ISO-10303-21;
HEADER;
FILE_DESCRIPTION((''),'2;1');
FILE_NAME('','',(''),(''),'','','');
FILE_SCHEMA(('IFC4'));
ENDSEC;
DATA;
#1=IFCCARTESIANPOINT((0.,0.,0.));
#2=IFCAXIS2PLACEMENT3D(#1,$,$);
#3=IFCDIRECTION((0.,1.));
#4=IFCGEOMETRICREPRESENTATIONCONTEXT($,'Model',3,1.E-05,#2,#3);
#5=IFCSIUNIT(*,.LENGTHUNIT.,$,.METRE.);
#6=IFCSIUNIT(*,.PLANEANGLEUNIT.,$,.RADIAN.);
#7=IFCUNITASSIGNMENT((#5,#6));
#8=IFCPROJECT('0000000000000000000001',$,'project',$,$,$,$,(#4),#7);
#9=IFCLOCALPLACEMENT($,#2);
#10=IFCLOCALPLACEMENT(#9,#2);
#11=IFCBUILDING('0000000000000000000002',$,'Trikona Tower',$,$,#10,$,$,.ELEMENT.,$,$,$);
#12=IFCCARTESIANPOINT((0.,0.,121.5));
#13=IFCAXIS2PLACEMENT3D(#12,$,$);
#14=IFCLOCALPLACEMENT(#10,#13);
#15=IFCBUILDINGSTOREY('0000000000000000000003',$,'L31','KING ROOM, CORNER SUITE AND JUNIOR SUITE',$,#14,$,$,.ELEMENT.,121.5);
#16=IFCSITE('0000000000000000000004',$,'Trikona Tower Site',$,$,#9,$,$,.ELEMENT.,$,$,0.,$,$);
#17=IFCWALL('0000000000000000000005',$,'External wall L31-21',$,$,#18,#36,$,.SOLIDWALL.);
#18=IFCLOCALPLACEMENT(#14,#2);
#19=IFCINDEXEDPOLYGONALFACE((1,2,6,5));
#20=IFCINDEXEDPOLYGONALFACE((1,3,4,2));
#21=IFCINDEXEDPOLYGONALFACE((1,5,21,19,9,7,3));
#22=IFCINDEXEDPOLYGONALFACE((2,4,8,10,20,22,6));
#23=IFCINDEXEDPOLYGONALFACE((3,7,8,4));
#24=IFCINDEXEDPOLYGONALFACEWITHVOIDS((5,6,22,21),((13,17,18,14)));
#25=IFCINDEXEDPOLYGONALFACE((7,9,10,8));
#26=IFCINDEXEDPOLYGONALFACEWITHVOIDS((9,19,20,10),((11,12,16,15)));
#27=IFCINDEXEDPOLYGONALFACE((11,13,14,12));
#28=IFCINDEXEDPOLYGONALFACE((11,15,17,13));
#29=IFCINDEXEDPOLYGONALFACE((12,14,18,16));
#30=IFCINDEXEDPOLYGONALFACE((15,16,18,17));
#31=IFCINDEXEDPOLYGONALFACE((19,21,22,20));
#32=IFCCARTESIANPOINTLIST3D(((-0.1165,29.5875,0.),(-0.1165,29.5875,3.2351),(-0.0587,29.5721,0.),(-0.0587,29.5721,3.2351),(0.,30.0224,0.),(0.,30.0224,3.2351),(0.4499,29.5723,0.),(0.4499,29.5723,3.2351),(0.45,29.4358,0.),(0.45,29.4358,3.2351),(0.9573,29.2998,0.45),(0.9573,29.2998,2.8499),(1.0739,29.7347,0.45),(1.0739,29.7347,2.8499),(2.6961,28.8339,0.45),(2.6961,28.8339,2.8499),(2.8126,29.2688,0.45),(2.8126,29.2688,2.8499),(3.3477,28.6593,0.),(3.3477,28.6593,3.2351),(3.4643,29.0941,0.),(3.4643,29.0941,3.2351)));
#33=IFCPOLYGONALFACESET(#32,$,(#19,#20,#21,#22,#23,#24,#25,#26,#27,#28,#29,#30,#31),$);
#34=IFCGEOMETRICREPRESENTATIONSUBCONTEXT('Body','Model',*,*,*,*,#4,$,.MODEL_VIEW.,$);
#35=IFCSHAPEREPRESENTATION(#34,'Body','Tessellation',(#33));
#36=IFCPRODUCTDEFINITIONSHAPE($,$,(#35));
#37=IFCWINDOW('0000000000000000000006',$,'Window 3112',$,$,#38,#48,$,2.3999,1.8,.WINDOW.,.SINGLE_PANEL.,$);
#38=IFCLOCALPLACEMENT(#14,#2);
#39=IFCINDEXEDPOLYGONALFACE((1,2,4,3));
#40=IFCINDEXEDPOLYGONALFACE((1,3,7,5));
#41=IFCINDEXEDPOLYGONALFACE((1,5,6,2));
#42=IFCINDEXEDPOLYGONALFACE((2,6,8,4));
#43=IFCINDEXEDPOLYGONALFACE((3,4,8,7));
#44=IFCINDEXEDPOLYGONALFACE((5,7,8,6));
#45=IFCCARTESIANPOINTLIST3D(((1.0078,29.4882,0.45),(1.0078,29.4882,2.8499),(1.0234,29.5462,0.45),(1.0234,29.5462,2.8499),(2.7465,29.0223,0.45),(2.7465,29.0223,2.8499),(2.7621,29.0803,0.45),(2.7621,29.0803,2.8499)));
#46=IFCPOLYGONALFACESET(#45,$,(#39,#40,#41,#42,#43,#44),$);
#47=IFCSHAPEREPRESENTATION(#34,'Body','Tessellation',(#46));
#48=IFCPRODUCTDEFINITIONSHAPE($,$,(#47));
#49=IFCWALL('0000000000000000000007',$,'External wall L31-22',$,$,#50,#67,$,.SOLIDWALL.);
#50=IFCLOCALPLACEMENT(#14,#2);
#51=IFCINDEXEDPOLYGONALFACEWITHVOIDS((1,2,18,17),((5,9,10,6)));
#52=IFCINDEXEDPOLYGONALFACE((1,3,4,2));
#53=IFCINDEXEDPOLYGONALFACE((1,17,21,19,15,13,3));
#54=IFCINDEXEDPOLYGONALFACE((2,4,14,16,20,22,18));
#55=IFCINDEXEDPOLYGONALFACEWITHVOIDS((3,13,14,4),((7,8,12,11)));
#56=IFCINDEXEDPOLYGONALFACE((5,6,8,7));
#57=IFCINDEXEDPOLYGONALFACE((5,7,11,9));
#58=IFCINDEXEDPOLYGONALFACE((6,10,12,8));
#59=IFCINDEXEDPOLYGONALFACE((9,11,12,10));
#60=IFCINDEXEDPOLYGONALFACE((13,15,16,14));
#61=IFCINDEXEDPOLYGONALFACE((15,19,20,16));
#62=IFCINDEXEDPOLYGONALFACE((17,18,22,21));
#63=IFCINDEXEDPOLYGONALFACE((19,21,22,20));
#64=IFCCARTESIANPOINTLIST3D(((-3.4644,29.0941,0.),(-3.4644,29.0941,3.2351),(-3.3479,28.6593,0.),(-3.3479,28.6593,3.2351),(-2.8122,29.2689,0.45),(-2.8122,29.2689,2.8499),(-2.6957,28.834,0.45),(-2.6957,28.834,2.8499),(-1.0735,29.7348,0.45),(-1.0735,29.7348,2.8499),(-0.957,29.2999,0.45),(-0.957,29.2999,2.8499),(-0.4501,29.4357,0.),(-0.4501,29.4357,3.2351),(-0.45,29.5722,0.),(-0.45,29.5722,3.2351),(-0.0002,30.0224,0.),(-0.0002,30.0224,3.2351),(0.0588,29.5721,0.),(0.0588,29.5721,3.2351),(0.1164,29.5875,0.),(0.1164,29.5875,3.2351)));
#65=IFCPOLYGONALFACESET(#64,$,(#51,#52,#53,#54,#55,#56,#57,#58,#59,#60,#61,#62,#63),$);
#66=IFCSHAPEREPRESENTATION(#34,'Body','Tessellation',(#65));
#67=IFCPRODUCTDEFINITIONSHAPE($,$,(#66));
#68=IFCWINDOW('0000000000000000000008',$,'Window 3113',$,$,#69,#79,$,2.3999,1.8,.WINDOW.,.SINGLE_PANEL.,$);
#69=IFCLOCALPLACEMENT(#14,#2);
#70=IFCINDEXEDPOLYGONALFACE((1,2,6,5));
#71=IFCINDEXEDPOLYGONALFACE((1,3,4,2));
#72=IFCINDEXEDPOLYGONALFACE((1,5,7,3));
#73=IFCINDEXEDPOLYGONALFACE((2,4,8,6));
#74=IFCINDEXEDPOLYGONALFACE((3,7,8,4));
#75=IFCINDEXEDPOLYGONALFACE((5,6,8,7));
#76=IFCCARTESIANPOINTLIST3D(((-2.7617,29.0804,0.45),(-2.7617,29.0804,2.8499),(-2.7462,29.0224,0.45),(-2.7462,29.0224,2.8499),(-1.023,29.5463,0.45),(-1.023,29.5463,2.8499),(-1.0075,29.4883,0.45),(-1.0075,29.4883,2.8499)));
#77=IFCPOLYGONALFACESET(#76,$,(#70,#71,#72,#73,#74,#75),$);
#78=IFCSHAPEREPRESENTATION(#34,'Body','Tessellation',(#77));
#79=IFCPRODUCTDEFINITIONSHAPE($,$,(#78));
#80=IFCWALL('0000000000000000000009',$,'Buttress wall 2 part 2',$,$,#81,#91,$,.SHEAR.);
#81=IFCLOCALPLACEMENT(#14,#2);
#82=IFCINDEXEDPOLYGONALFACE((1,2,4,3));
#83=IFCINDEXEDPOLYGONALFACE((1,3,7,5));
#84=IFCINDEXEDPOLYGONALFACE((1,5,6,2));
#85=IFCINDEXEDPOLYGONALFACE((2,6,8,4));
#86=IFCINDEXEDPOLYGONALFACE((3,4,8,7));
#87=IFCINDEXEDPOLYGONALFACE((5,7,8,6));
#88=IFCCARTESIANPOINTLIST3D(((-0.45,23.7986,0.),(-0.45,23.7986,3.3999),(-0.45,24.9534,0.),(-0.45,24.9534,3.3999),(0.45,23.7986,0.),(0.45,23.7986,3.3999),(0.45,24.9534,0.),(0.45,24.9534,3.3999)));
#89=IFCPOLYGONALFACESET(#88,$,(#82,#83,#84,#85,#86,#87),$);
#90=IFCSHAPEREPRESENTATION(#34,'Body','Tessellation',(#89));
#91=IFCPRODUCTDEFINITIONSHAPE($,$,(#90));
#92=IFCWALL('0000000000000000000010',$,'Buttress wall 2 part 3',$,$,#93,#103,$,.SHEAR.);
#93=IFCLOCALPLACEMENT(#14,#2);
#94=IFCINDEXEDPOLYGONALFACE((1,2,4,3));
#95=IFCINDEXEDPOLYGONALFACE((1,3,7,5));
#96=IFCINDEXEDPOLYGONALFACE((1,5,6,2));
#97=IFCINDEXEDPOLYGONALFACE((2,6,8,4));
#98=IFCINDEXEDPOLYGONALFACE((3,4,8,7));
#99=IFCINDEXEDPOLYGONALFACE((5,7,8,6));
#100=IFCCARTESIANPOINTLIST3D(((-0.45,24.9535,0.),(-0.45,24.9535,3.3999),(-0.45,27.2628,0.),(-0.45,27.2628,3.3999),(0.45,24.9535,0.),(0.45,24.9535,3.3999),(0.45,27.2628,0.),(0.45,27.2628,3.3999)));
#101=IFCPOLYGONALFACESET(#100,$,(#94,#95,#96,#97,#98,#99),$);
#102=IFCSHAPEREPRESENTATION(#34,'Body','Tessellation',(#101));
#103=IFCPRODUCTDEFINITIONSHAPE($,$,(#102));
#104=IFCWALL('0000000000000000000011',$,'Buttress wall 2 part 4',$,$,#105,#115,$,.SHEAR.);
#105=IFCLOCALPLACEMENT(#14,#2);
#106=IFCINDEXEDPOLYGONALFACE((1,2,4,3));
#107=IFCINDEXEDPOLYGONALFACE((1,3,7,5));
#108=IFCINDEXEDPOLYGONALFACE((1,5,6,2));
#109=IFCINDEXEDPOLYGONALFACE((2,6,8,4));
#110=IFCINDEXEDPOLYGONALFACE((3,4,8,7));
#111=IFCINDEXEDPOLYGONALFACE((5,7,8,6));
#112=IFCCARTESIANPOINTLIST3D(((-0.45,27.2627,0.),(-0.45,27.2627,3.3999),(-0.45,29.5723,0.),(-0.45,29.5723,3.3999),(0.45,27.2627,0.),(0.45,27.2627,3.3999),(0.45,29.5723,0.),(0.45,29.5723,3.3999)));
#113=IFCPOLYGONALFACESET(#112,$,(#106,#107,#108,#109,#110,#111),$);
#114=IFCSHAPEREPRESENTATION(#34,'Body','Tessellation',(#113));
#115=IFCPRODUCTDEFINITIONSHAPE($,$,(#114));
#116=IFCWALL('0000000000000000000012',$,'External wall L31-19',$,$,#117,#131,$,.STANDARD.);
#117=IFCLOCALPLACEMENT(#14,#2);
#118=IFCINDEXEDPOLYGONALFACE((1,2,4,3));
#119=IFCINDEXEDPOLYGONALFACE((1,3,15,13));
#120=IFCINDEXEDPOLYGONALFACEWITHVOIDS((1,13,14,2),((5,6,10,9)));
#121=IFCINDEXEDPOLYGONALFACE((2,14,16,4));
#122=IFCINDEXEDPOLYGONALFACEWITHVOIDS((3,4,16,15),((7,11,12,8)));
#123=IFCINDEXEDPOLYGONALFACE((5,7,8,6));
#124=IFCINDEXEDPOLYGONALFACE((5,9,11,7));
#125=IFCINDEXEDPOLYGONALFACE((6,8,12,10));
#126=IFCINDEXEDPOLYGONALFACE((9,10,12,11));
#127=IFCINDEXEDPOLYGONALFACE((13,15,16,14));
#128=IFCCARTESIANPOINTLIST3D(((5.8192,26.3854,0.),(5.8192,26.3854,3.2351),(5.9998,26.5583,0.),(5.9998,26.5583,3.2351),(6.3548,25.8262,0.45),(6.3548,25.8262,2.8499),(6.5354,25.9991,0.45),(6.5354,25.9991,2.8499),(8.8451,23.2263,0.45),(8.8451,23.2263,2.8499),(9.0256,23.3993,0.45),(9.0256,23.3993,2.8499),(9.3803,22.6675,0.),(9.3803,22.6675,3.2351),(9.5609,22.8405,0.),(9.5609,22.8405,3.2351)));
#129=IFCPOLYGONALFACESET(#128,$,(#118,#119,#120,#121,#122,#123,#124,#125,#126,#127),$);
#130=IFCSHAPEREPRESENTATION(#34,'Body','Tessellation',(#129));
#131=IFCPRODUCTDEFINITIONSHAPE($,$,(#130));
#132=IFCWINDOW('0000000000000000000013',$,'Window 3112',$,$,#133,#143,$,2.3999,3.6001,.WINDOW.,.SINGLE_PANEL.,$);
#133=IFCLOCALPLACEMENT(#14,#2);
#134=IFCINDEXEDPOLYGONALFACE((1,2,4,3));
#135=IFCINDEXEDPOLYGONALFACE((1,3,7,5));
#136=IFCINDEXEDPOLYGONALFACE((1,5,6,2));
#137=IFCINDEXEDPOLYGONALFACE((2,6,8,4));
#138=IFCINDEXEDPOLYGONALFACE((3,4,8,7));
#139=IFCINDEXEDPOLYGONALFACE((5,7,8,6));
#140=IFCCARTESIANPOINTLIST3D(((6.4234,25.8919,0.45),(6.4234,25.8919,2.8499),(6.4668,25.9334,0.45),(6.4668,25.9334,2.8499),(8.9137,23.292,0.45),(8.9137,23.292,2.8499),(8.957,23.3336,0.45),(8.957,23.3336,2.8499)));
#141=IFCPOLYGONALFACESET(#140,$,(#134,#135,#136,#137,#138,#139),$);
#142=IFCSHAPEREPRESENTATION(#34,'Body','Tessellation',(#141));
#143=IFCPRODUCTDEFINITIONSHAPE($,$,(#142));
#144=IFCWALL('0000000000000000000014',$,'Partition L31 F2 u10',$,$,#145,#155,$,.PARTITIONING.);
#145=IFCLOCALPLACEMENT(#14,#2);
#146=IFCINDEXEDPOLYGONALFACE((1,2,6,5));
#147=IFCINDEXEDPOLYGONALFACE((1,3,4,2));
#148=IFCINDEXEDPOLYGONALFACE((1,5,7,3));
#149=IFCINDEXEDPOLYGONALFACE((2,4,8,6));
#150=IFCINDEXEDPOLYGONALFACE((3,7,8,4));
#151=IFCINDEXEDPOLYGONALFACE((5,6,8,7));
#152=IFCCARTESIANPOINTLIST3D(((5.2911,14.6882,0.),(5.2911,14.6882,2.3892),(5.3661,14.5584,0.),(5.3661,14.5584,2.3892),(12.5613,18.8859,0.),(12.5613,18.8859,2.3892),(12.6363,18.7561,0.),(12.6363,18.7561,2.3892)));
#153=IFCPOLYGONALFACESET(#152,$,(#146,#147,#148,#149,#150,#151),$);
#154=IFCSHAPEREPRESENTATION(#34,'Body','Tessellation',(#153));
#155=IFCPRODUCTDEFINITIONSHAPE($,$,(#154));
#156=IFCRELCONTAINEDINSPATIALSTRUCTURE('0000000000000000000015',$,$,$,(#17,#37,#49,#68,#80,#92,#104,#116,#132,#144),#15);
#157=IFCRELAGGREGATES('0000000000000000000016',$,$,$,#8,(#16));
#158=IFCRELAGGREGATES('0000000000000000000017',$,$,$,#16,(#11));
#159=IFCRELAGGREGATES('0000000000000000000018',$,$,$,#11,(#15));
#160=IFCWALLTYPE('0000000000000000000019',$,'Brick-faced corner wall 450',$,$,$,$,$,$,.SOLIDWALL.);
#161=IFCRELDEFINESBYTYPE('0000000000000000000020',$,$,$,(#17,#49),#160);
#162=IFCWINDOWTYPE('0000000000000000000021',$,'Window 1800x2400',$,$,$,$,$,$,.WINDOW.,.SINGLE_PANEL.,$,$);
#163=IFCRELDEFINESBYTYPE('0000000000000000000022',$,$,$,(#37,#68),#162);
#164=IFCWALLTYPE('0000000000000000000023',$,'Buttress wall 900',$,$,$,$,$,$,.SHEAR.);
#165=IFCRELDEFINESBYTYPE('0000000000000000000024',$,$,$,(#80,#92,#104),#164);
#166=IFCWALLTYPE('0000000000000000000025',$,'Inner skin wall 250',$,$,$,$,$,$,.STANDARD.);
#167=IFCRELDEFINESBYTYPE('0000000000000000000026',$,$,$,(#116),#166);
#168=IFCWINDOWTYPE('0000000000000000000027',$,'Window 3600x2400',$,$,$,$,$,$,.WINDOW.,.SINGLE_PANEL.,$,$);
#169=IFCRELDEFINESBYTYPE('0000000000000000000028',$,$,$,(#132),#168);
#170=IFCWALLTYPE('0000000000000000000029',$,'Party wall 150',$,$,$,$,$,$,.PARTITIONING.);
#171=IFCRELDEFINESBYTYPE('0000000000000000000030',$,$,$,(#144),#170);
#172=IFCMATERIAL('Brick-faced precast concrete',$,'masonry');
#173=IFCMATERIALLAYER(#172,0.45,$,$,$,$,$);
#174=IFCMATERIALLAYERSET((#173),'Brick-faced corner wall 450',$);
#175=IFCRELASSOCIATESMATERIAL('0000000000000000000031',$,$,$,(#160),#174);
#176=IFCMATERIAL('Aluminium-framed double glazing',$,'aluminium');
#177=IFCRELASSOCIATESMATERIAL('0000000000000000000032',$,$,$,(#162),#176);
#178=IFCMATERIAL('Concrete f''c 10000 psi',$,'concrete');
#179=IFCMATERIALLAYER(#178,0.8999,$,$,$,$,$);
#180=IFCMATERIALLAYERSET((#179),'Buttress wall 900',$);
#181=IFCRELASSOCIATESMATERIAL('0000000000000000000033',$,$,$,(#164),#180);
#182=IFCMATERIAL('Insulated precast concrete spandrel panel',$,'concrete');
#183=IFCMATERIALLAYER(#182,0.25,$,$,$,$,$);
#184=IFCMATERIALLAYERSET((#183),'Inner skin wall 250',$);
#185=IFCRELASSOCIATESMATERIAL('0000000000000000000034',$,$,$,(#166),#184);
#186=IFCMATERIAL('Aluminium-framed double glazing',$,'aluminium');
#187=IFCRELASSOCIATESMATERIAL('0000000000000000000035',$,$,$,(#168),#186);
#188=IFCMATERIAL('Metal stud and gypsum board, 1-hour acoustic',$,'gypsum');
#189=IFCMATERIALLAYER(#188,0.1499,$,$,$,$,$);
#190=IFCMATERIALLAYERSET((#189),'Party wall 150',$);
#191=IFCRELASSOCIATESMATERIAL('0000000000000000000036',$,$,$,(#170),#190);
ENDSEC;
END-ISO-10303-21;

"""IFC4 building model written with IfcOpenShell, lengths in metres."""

from ifc_helpers import new_model, si_unit, direction, frame, frame_2d, origin, place, context, subcontext, project, spatial, polyline, rectangle, outline, extrude, material, layer, layer_set, type_object, element, fill, save


model = new_model("IFC4")

# Units and contexts
model_context = context("Model", 3, precision=1e-05, world=origin(), true_north=direction((0.0, 1.0)))
body_context = subcontext(model_context, "Body", "Model", "MODEL_VIEW")
ifc_project = project(units=[si_unit("LENGTHUNIT", "METRE"), si_unit("PLANEANGLEUNIT", "RADIAN")], contexts=[model_context])

# Site, building, storey
site_placement = place(None, origin())
site = spatial("IfcSite", under=ifc_project, at=site_placement, Name="Trikona Tower Site", CompositionType="ELEMENT", RefElevation=0.0)
building_placement = place(site_placement, origin())
building = spatial("IfcBuilding", under=site, at=building_placement, Name="Trikona Tower", CompositionType="ELEMENT")
storey_placement = place(building_placement, frame((0.0, 0.0, 121.5)))
storey = spatial("IfcBuildingStorey", under=building, at=storey_placement, Name="L31", Description="KING ROOM, CORNER SUITE AND JUNIOR SUITE", CompositionType="ELEMENT", Elevation=121.5)

# Walls, openings, windows
ifc_material_1 = material(Name="Brick-faced precast concrete", Category="masonry")
ifc_layer_1 = layer(ifc_material_1, 0.45)
ifc_layer_set_1 = layer_set([ifc_layer_1], Name="Brick-faced corner wall 450")
wall_type_1 = type_object("IfcWallType", Name="Brick-faced corner wall 450", PredefinedType="SOLIDWALL", material=ifc_layer_set_1)
wall_1_placement = place(storey_placement, frame((3.406, 28.8767, 0.0), z_axis=(0.0, 0.0, 1.0), x_axis=(-0.965925, 0.258823, 0.0)))
wall_1 = element("IfcWall", 1, at=wall_1_placement, inside=storey, type_object=wall_type_1, Name="External wall L31-21", PredefinedType="SOLIDWALL", context=body_context, shape_type="SweptSolid", body=[
    extrude(outline(polyline([(3.5864, 0.2251), (3.5266, 0.2251), (3.0354, 0.0933), (3.0, 0.2251), (0.0, 0.2251), (0.0, -0.2251), (3.5864, -0.2251), (3.5864, 0.2251)])), origin(), (0.0, 0.0, 1.0), 3.2351),
])
opening_1_placement = place(wall_1_placement, frame((0.6748, 0.0, 0.45)))
opening_1 = element("IfcOpeningElement", 2, at=opening_1_placement, cuts=wall_1, PredefinedType="OPENING", context=body_context, shape_type="SweptSolid", body=[
    extrude(rectangle(XDim=1.8, YDim=2.3999, at=frame_2d((0.8999, 1.2))), frame((0.0, 0.2349, 0.0), z_axis=(0.0, -1.0, 0.0), x_axis=(1.0, 0.0, 0.0)), (0.0, 0.0, 1.0), 0.47),
])
ifc_material_2 = material(Name="Aluminium-framed double glazing", Category="aluminium")
window_type_1 = type_object("IfcWindowType", Name="Window 1800x2400", PartitioningType="SINGLE_PANEL", PredefinedType="WINDOW", material=ifc_material_2)
window_1_placement = place(opening_1_placement, origin())
window_1 = element("IfcWindow", 3, at=window_1_placement, inside=storey, type_object=window_type_1, Name="Window 3112", OverallHeight=2.3999, OverallWidth=1.8, PartitioningType="SINGLE_PANEL", PredefinedType="WINDOW", context=body_context, shape_type="SweptSolid", body=[
    extrude(rectangle(XDim=1.8, YDim=2.3999, at=frame_2d((0.8999, 1.2))), frame((0.0, 0.03, 0.0), z_axis=(0.0, -1.0, 0.0), x_axis=(1.0, 0.0, 0.0)), (0.0, 0.0, 1.0), 0.0601),
])
fill(opening_1, window_1)
wall_2_placement = place(storey_placement, frame((0.0581, 29.8049, 0.0), z_axis=(0.0, 0.0, 1.0), x_axis=(-0.965925, -0.258823, 0.0)))
wall_2 = element("IfcWall", 4, at=wall_2_placement, inside=storey, type_object=wall_type_1, Name="External wall L31-22", PredefinedType="SOLIDWALL", context=body_context, shape_type="SweptSolid", body=[
    extrude(outline(polyline([(3.5864, 0.2251), (0.5864, 0.2251), (0.551, 0.0933), (0.0596, 0.2251), (0.0, 0.2251), (0.0, -0.2251), (3.5864, -0.2251), (3.5864, 0.2251)])), origin(), (0.0, 0.0, 1.0), 3.2351),
])
opening_2_placement = place(wall_2_placement, frame((1.1113, 0.0, 0.45)))
opening_2 = element("IfcOpeningElement", 5, at=opening_2_placement, cuts=wall_2, PredefinedType="OPENING", context=body_context, shape_type="SweptSolid", body=[
    extrude(rectangle(XDim=1.8, YDim=2.3999, at=frame_2d((0.8999, 1.2))), frame((0.0, 0.2349, 0.0), z_axis=(0.0, -1.0, 0.0), x_axis=(1.0, 0.0, 0.0)), (0.0, 0.0, 1.0), 0.47),
])
window_2_placement = place(opening_2_placement, origin())
window_2 = element("IfcWindow", 6, at=window_2_placement, inside=storey, type_object=window_type_1, Name="Window 3113", OverallHeight=2.3999, OverallWidth=1.8, PartitioningType="SINGLE_PANEL", PredefinedType="WINDOW", context=body_context, shape_type="SweptSolid", body=[
    extrude(rectangle(XDim=1.8, YDim=2.3999, at=frame_2d((0.8999, 1.2))), frame((0.0, 0.03, 0.0), z_axis=(0.0, -1.0, 0.0), x_axis=(1.0, 0.0, 0.0)), (0.0, 0.0, 1.0), 0.0601),
])
fill(opening_2, window_2)

# Walls
ifc_material_3 = material(Name="Concrete f'c 10000 psi", Category="concrete")
ifc_layer_2 = layer(ifc_material_3, 0.8999)
ifc_layer_set_2 = layer_set([ifc_layer_2], Name="Buttress wall 900")
wall_type_2 = type_object("IfcWallType", Name="Buttress wall 900", PredefinedType="SHEAR", material=ifc_layer_set_2)
wall_3_placement = place(storey_placement, frame((0.0, 23.7986, 0.0), z_axis=(0.0, 0.0, 1.0), x_axis=(0.0, 1.0, 0.0)))
element("IfcWall", 7, at=wall_3_placement, inside=storey, type_object=wall_type_2, Name="Buttress wall 2 part 2", PredefinedType="SHEAR", context=body_context, shape_type="SweptSolid", body=[
    extrude(rectangle(XDim=1.1548, YDim=0.8999, at=frame_2d((0.5774, 0.0))), origin(), (0.0, 0.0, 1.0), 3.3999),
])
wall_4_placement = place(storey_placement, frame((0.0, 24.9534, 0.0), z_axis=(0.0, 0.0, 1.0), x_axis=(0.0, 1.0, 0.0)))
element("IfcWall", 8, at=wall_4_placement, inside=storey, type_object=wall_type_2, Name="Buttress wall 2 part 3", PredefinedType="SHEAR", context=body_context, shape_type="SweptSolid", body=[
    extrude(rectangle(XDim=2.3093, YDim=0.8999, at=frame_2d((1.1548, 0.0))), origin(), (0.0, 0.0, 1.0), 3.3999),
])
wall_5_placement = place(storey_placement, frame((0.0, 27.2627, 0.0), z_axis=(0.0, 0.0, 1.0), x_axis=(0.0, 1.0, 0.0)))
element("IfcWall", 9, at=wall_5_placement, inside=storey, type_object=wall_type_2, Name="Buttress wall 2 part 4", PredefinedType="SHEAR", context=body_context, shape_type="SweptSolid", body=[
    extrude(rectangle(XDim=2.3096, YDim=0.8999, at=frame_2d((1.1548, 0.0))), origin(), (0.0, 0.0, 1.0), 3.3999),
])

# Wall, opening, window
ifc_material_4 = material(Name="Insulated precast concrete spandrel panel", Category="concrete")
ifc_layer_3 = layer(ifc_material_4, 0.25)
ifc_layer_set_3 = layer_set([ifc_layer_3], Name="Inner skin wall 250")
wall_type_3 = type_object("IfcWallType", Name="Inner skin wall 250", PredefinedType="STANDARD", material=ifc_layer_set_3)
wall_6_placement = place(storey_placement, frame((9.4707, 22.7539, 0.0), z_axis=(0.0, 0.0, 1.0), x_axis=(-0.69172, 0.722166, 0.0)))
wall_6 = element("IfcWall", 10, at=wall_6_placement, inside=storey, type_object=wall_type_3, Name="External wall L31-19", PredefinedType="STANDARD", context=body_context, shape_type="SweptSolid", body=[
    extrude(rectangle(XDim=5.1482, YDim=0.25, at=frame_2d((2.5742, 0.0))), origin(), (0.0, 0.0, 1.0), 3.2351),
])
opening_3_placement = place(wall_6_placement, frame((0.7739, 0.0, 0.45)))
opening_3 = element("IfcOpeningElement", 11, at=opening_3_placement, cuts=wall_6, PredefinedType="OPENING", context=body_context, shape_type="SweptSolid", body=[
    extrude(rectangle(XDim=3.6001, YDim=2.3999, at=frame_2d((1.8, 1.2))), frame((0.0, 0.135, 0.0), z_axis=(0.0, -1.0, 0.0), x_axis=(1.0, 0.0, 0.0)), (0.0, 0.0, 1.0), 0.27),
])
ifc_material_5 = material(Name="Aluminium-framed double glazing", Category="aluminium")
window_type_2 = type_object("IfcWindowType", Name="Window 3600x2400", PartitioningType="SINGLE_PANEL", PredefinedType="WINDOW", material=ifc_material_5)
window_3_placement = place(opening_3_placement, origin())
window_3 = element("IfcWindow", 12, at=window_3_placement, inside=storey, type_object=window_type_2, Name="Window 3112", OverallHeight=2.3999, OverallWidth=3.6001, PartitioningType="SINGLE_PANEL", PredefinedType="WINDOW", context=body_context, shape_type="SweptSolid", body=[
    extrude(rectangle(XDim=3.6001, YDim=2.3999, at=frame_2d((1.8, 1.2))), frame((0.0, 0.03, 0.0), z_axis=(0.0, -1.0, 0.0), x_axis=(1.0, 0.0, 0.0)), (0.0, 0.0, 1.0), 0.0601),
])
fill(opening_3, window_3)

# Wall
ifc_material_6 = material(Name="Metal stud and gypsum board, 1-hour acoustic", Category="gypsum")
ifc_layer_4 = layer(ifc_material_6, 0.1499)
ifc_layer_set_4 = layer_set([ifc_layer_4], Name="Party wall 150")
wall_type_4 = type_object("IfcWallType", Name="Party wall 150", PredefinedType="PARTITIONING", material=ifc_layer_set_4)
wall_7_placement = place(storey_placement, frame((5.3286, 14.6233, 0.0), z_axis=(0.0, 0.0, 1.0), x_axis=(0.866012, 0.500024, 0.0)))
element("IfcWall", 13, at=wall_7_placement, inside=storey, type_object=wall_type_4, Name="Partition L31 F2 u10", PredefinedType="PARTITIONING", context=body_context, shape_type="SweptSolid", body=[
    extrude(rectangle(XDim=8.395, YDim=0.1499, at=frame_2d((4.1975, 0.0))), origin(), (0.0, 0.0, 1.0), 2.3892),
])

save(model, "model.ifc")
